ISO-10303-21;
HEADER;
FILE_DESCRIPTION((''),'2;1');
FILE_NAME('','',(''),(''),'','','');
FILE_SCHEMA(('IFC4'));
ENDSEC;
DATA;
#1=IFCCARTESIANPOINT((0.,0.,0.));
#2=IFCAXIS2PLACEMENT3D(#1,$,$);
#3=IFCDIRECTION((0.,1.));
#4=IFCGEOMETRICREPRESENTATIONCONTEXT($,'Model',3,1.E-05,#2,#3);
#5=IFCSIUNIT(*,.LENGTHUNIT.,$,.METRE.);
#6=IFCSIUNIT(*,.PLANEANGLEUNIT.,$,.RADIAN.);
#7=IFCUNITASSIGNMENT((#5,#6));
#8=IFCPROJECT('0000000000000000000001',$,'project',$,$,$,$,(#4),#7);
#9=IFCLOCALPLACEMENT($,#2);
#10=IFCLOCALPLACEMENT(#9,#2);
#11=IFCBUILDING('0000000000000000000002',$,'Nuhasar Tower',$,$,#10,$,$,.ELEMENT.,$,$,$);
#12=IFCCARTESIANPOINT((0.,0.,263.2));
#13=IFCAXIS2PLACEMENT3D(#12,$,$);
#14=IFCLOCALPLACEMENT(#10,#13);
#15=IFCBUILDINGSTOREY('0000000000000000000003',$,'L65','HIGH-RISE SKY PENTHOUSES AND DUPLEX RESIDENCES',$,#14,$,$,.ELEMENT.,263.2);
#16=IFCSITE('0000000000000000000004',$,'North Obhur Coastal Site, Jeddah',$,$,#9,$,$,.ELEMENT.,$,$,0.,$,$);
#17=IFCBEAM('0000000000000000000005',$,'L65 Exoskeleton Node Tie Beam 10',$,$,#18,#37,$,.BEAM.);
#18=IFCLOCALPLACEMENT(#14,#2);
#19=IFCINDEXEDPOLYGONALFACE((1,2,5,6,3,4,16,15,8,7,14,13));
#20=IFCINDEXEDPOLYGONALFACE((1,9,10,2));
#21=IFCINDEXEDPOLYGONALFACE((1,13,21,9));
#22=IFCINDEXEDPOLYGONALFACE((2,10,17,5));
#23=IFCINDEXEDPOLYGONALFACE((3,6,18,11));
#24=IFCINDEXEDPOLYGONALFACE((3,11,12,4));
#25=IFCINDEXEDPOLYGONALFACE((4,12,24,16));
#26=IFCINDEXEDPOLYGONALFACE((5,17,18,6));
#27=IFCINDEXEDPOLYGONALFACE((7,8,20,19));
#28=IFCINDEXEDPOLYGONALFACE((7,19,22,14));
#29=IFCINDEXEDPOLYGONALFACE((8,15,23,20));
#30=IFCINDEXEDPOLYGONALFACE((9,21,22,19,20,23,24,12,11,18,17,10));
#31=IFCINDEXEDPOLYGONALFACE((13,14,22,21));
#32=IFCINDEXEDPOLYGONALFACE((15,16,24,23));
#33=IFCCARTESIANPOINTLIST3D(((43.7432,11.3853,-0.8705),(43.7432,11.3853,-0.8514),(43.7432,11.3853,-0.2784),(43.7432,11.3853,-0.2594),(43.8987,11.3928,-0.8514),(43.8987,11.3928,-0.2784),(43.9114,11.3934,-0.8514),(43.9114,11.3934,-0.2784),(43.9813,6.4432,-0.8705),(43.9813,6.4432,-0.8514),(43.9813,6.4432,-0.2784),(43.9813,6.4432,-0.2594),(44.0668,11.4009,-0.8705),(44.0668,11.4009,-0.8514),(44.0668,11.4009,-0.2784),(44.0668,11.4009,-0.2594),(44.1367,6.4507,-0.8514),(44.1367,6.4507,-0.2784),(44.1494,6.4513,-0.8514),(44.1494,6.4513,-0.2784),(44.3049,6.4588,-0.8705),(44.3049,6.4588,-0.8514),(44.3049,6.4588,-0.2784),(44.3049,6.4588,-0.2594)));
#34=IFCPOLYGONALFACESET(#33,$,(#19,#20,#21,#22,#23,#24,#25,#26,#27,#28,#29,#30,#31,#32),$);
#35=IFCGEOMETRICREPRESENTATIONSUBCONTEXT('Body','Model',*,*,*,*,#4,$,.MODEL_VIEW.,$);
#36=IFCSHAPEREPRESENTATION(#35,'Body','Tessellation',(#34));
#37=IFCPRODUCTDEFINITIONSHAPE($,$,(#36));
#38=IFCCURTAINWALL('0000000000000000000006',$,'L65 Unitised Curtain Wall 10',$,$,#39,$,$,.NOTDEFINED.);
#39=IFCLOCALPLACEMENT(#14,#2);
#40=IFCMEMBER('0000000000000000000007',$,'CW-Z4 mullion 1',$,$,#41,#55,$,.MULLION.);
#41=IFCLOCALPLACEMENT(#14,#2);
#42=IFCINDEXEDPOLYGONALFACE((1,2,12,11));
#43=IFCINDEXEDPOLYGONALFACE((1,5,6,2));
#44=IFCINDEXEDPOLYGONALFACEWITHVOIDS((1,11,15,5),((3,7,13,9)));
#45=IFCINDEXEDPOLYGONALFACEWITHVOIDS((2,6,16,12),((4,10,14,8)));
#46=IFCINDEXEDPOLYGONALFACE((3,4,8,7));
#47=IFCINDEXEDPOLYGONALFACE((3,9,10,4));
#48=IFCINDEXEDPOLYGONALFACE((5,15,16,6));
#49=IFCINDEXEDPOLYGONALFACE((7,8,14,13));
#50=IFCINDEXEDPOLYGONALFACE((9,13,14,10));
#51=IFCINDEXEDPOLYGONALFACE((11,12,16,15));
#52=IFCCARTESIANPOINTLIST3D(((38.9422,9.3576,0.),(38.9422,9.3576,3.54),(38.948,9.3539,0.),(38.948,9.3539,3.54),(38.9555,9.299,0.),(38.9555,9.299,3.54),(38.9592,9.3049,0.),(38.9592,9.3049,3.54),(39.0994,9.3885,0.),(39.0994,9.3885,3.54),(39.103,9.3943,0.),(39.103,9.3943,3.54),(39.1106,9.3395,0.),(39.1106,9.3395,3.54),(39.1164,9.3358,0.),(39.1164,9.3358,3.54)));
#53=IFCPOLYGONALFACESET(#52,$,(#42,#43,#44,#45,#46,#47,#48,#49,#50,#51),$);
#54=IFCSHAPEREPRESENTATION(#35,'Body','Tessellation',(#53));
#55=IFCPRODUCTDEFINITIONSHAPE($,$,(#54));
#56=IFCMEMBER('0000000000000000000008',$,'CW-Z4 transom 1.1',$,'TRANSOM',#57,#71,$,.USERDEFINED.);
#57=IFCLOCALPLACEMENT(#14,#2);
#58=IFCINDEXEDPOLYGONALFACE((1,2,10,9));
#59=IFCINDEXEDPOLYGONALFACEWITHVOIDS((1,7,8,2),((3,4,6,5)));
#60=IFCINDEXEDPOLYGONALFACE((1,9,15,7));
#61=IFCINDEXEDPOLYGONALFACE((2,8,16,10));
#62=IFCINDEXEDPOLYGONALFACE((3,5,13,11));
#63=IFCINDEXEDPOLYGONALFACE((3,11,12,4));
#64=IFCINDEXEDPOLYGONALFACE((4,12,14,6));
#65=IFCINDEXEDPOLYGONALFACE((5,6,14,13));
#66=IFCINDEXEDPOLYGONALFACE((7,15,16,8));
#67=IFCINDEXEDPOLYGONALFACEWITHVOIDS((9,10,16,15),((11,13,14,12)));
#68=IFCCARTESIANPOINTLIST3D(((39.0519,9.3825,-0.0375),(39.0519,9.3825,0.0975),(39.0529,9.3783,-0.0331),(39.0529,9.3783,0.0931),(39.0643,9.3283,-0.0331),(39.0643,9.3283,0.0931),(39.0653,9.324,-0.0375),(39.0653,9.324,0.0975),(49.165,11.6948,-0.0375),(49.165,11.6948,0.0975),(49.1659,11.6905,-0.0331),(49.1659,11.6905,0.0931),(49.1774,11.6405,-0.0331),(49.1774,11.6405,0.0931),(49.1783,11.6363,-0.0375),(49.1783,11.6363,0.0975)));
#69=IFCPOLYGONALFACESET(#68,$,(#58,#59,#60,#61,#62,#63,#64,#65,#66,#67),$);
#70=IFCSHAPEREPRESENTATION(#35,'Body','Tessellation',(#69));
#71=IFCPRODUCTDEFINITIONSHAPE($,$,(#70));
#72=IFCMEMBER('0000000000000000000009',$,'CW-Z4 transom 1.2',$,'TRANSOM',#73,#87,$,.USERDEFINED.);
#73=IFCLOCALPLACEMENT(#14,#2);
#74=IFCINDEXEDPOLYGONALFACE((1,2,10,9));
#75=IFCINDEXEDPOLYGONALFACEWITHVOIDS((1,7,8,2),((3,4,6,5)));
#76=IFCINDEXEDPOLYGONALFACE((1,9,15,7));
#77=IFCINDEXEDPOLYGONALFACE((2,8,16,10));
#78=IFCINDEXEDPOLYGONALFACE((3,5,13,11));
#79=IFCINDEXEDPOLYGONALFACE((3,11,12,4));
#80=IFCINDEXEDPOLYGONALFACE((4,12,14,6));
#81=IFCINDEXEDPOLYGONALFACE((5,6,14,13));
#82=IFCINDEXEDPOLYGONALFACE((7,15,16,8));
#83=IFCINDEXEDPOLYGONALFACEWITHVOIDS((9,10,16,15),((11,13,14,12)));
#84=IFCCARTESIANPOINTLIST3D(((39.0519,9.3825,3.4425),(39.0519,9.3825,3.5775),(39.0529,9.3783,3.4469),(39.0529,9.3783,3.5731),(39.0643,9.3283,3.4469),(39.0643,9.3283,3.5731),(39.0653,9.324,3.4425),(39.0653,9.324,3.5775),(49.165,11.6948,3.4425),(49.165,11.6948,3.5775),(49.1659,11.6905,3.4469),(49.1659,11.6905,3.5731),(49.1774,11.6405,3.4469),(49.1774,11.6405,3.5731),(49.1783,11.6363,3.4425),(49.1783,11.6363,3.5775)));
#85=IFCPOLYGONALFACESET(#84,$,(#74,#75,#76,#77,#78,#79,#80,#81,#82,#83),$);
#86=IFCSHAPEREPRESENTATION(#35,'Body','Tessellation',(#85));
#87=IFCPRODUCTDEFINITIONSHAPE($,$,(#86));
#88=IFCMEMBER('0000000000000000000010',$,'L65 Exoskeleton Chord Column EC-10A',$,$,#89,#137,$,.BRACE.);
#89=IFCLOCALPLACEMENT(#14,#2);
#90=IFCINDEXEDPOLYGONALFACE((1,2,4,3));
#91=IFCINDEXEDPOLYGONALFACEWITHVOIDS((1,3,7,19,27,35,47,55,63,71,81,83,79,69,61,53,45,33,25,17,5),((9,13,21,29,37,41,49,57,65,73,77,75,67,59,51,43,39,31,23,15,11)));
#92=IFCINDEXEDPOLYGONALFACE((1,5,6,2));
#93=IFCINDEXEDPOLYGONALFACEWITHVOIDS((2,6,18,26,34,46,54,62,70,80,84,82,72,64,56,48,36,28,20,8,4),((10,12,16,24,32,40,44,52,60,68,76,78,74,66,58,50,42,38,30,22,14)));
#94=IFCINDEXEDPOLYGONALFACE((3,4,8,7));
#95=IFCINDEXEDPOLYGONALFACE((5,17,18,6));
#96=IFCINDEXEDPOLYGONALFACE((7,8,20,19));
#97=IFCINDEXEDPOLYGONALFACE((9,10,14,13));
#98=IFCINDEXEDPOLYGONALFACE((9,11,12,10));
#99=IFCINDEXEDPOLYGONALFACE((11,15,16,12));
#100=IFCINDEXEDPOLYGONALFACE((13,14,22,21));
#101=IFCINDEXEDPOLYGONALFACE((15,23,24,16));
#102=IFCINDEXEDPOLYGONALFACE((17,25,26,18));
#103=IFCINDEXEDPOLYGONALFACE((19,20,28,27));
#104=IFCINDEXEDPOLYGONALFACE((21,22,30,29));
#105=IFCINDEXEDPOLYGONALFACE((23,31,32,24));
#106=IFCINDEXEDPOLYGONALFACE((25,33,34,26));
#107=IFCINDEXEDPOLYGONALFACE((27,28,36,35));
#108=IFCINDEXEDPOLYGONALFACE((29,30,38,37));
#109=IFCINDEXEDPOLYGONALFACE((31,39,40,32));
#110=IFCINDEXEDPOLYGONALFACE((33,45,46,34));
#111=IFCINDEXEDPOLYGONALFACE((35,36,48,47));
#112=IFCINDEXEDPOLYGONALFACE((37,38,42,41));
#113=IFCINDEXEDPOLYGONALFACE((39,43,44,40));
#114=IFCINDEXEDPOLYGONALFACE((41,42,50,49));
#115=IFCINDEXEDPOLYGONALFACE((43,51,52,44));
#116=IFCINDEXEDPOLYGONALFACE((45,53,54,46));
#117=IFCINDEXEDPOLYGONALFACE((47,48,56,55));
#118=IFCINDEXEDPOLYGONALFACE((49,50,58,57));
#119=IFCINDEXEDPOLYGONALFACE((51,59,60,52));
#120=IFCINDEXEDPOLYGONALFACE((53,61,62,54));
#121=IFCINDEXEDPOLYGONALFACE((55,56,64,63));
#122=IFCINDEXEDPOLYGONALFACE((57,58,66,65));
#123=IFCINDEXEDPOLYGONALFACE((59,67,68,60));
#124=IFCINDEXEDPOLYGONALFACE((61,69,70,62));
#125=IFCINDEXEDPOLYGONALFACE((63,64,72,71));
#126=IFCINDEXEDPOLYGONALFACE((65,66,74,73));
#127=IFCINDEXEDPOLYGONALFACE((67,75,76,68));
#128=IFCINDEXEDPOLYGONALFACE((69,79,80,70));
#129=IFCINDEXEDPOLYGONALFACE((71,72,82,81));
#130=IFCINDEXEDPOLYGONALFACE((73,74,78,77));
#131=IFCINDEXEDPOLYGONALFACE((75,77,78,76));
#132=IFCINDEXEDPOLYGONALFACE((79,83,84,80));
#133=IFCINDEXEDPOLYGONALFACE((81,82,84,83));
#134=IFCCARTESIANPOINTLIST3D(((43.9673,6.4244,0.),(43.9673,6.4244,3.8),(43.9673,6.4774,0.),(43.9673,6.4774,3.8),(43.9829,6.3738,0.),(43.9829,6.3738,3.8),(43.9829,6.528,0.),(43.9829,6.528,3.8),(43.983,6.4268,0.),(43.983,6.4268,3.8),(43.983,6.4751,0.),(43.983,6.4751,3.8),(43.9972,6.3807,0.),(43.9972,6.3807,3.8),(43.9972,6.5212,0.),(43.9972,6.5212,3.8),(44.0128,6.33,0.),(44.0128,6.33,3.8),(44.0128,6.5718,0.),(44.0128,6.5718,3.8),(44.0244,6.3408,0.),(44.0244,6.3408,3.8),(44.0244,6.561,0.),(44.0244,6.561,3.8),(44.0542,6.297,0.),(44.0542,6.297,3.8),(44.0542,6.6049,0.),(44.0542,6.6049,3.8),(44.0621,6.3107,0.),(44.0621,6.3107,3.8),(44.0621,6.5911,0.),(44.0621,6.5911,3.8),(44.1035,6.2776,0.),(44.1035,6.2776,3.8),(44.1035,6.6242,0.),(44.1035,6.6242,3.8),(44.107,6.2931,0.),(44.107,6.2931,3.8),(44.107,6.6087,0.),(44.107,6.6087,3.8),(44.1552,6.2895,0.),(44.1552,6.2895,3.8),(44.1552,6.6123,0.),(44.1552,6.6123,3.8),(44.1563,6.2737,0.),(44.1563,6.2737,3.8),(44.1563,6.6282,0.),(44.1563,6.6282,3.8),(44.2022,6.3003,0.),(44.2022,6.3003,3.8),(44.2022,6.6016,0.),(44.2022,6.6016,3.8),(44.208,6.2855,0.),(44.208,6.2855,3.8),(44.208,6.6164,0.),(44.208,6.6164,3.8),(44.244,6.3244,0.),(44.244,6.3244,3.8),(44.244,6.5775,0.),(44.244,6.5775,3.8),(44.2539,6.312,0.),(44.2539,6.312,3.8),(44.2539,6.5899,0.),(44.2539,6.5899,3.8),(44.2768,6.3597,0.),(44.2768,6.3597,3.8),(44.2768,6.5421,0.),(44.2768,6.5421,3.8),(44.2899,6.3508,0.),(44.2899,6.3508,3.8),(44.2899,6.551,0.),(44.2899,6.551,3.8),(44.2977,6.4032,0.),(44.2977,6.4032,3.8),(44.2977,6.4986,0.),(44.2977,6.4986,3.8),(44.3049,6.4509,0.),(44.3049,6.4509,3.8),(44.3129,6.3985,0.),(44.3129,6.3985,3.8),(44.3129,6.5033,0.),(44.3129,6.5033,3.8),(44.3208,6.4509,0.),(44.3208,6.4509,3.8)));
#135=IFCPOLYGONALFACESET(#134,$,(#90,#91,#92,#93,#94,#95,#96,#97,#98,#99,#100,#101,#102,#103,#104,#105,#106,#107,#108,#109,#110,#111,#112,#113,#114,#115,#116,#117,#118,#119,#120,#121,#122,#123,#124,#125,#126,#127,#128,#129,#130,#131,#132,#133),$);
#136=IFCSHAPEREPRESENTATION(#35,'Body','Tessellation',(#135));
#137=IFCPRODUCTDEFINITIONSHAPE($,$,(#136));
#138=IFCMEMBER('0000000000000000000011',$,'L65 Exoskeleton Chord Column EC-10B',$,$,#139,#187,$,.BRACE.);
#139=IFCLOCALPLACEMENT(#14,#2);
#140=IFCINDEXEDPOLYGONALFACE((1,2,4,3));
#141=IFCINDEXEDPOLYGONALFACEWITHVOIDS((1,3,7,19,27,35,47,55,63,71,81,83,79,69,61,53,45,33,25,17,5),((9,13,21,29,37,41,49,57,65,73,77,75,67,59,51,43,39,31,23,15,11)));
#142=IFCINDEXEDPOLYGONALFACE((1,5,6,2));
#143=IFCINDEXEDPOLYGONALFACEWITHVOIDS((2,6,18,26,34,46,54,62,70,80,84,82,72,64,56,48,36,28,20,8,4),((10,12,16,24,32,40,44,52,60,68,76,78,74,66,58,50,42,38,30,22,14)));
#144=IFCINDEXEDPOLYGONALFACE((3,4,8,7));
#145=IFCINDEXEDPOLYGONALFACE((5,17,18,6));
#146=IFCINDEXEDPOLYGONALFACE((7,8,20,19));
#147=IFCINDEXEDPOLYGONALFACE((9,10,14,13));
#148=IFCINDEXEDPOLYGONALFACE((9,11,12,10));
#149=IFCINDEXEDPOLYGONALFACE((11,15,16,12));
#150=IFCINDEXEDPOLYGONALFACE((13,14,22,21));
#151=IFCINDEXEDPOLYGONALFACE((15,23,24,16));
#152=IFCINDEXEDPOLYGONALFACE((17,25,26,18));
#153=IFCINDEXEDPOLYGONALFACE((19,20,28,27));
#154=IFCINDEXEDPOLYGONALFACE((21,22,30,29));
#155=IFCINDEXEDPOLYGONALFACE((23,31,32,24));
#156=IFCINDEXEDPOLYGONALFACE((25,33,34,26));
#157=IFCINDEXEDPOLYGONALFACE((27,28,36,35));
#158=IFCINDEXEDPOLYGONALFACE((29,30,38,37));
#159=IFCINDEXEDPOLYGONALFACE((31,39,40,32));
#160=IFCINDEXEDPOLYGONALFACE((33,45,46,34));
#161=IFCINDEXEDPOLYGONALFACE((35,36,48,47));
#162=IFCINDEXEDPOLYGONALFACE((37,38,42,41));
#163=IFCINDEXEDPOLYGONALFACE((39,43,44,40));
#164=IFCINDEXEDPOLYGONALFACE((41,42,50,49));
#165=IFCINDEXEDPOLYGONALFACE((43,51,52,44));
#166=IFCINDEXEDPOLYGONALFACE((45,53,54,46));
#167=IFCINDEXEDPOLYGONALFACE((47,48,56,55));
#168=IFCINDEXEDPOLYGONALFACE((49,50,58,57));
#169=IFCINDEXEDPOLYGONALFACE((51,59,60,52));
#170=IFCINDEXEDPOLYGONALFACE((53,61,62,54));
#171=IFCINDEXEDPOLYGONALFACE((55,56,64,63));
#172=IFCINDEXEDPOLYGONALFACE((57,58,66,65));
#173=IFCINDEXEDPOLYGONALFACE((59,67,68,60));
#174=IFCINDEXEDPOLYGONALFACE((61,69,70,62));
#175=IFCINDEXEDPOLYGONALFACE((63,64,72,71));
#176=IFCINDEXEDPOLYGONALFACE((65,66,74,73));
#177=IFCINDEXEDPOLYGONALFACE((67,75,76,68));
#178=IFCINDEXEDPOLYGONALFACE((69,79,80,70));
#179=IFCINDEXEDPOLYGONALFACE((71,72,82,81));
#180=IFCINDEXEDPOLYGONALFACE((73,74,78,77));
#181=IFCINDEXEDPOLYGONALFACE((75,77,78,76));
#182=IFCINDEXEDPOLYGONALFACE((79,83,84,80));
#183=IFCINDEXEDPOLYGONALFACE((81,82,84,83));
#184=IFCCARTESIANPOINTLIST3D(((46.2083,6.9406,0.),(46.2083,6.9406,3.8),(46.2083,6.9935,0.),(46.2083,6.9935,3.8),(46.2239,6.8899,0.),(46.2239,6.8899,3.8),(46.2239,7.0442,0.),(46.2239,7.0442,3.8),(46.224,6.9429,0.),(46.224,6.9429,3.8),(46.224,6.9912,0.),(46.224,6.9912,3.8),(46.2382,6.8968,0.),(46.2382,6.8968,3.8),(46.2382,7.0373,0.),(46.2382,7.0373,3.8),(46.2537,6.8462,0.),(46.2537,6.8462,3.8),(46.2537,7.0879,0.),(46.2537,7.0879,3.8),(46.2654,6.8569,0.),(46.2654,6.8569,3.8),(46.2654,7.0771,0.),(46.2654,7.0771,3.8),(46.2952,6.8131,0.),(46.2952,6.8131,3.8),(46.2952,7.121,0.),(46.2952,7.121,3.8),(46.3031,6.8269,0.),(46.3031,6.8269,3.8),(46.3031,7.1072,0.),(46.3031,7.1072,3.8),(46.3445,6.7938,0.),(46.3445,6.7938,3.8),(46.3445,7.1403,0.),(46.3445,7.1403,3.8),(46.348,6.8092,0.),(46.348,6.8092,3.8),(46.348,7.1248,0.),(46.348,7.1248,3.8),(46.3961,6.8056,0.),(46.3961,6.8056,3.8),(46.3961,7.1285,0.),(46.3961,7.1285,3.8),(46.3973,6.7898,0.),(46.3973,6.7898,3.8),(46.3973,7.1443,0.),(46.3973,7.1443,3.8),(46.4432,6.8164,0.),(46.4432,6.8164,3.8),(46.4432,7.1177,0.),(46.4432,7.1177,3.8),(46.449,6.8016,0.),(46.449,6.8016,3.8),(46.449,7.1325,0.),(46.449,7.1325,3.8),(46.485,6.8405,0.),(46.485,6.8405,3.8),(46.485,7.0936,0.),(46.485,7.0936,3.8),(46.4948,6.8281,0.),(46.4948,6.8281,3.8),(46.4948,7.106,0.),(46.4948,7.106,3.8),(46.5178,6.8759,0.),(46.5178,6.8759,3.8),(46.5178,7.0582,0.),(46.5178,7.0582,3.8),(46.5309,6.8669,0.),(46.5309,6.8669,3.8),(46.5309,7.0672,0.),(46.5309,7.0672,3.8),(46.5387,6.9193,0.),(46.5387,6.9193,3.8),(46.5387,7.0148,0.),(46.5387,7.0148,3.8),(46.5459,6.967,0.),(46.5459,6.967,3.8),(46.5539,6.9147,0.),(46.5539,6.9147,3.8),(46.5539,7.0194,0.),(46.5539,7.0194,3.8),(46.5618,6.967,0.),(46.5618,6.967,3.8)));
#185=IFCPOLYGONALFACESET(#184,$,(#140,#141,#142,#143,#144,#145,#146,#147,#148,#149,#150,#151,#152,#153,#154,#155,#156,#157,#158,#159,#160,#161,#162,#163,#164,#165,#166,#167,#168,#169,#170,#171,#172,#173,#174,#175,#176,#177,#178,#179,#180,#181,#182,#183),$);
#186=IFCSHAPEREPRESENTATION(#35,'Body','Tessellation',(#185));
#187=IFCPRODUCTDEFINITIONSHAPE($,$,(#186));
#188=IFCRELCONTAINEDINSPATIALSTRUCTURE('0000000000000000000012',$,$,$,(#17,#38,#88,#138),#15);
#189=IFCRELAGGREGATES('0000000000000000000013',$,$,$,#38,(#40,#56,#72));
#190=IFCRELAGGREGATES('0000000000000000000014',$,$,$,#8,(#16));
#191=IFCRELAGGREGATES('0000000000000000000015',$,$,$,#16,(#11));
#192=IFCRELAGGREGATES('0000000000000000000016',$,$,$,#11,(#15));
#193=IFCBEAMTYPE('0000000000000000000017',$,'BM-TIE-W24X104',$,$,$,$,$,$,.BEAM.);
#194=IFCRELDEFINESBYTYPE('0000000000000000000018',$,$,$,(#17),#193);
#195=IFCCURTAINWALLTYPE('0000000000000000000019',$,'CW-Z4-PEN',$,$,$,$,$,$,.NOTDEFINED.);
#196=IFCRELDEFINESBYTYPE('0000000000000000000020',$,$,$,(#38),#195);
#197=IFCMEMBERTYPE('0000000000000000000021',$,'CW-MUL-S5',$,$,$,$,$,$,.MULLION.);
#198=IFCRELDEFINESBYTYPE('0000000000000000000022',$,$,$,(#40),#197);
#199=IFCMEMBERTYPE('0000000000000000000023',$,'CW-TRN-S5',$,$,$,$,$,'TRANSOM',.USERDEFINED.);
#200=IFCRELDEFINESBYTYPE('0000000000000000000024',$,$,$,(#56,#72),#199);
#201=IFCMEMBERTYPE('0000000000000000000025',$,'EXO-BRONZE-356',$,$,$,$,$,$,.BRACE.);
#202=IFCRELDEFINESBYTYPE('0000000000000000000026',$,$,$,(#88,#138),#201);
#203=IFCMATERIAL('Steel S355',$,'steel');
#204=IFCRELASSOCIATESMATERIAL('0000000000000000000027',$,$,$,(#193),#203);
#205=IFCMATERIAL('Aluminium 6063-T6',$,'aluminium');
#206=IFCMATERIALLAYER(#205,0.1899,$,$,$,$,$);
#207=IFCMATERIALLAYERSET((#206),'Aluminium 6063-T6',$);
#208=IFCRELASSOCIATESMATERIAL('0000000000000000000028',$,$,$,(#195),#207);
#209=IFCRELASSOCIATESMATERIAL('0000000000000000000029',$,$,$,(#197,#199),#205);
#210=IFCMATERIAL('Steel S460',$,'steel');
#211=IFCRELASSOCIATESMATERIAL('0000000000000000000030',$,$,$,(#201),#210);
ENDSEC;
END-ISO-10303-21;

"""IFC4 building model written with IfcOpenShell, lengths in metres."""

from ifc_helpers import new_model, si_unit, direction, frame, origin, origin_2d, place, context, subcontext, project, spatial, hollow_rectangle, hollow_circle, i_section, extrude, material, layer, layer_set, material_profile, profile_set, type_object, element, aggregate, save


model = new_model("IFC4")

# Units and contexts
model_context = context("Model", 3, precision=1e-05, world=origin(), true_north=direction((0.0, 1.0)))
body_context = subcontext(model_context, "Body", "Model", "MODEL_VIEW")
ifc_project = project(units=[si_unit("LENGTHUNIT", "METRE"), si_unit("PLANEANGLEUNIT", "RADIAN")], contexts=[model_context])

# Site, building, storey
site_placement = place(None, origin())
site = spatial("IfcSite", under=ifc_project, at=site_placement, Name="North Obhur Coastal Site, Jeddah", CompositionType="ELEMENT", RefElevation=0.0)
building_placement = place(site_placement, origin())
building = spatial("IfcBuilding", under=site, at=building_placement, Name="Nuhasar Tower", CompositionType="ELEMENT")
storey_placement = place(building_placement, frame((0.0, 0.0, 263.2)))
storey = spatial("IfcBuildingStorey", under=building, at=storey_placement, Name="L65", Description="HIGH-RISE SKY PENTHOUSES AND DUPLEX RESIDENCES", CompositionType="ELEMENT", Elevation=263.2)

# Beam
ifc_material_1 = material(Name="Steel S355", Category="steel")
ifc_material_profile_1 = material_profile(ifc_material_1, i_section(OverallWidth=0.324, OverallDepth=0.6111, WebThickness=0.0127, FlangeThickness=0.019, at=origin_2d()), Name="W24X104")
ifc_profile_set_1 = profile_set([ifc_material_profile_1], Name="Steel S355")
beam_type_1 = type_object("IfcBeamType", Name="BM-TIE-W24X104", PredefinedType="BEAM", material=ifc_profile_set_1)
beam_1_placement = place(storey_placement, frame((43.905, 11.3931, -0.5649), z_axis=(0.048109, -0.998842, 0.0), x_axis=(0.998842, 0.048109, 0.0)))
element("IfcBeam", 1, at=beam_1_placement, inside=storey, type_object=beam_type_1, Name="L65 Exoskeleton Node Tie Beam 10", PredefinedType="BEAM", context=body_context, shape_type="SweptSolid", body=[
    extrude(i_section(OverallWidth=0.324, OverallDepth=0.6111, WebThickness=0.0127, FlangeThickness=0.019, at=origin_2d()), origin(), (0.0, 0.0, 1.0), 4.9478),
])

# Curtain wall, members
ifc_material_2 = material(Name="Aluminium 6063-T6", Category="aluminium")
ifc_layer_1 = layer(ifc_material_2, 0.1899)
ifc_layer_set_1 = layer_set([ifc_layer_1], Name="Aluminium 6063-T6")
curtain_wall_type = type_object("IfcCurtainWallType", Name="CW-Z4-PEN", PredefinedType="NOTDEFINED", material=ifc_layer_set_1)
curtain_wall_placement = place(storey_placement, origin())
curtain_wall = element("IfcCurtainWall", 2, at=curtain_wall_placement, inside=storey, type_object=curtain_wall_type, Name="L65 Unitised Curtain Wall 10", PredefinedType="NOTDEFINED")
ifc_material_profile_2 = material_profile(ifc_material_2, hollow_rectangle(XDim=0.0601, YDim=0.165, WallThickness=0.0049, at=origin_2d()), Name="CWM-5")
ifc_profile_set_2 = profile_set([ifc_material_profile_2], Name="Aluminium 6063-T6")
member_type_1 = type_object("IfcMemberType", Name="CW-MUL-S5", PredefinedType="MULLION", material=ifc_profile_set_2)
member_1_placement = place(storey_placement, frame((39.0293, 9.3467, 0.0), z_axis=(0.0, 0.0, 1.0), x_axis=(-0.222889, 0.974844, 0.0)))
member_1 = element("IfcMember", 3, at=member_1_placement, type_object=member_type_1, Name="CW-Z4 mullion 1", PredefinedType="MULLION", context=body_context, shape_type="SweptSolid", body=[
    extrude(hollow_rectangle(XDim=0.0601, YDim=0.165, WallThickness=0.0049, at=origin_2d()), origin(), (0.0, 0.0, 1.0), 3.54),
])
ifc_material_profile_3 = material_profile(ifc_material_2, hollow_rectangle(XDim=0.0601, YDim=0.135, WallThickness=0.0044, at=origin_2d()), Name="CWT-5")
ifc_profile_set_3 = profile_set([ifc_material_profile_3], Name="Aluminium 6063-T6")
member_type_2 = type_object("IfcMemberType", Name="CW-TRN-S5", ElementType="TRANSOM", PredefinedType="USERDEFINED", material=ifc_profile_set_3)
member_2_placement = place(storey_placement, frame((39.0586, 9.3533, 0.03), z_axis=(0.974844, 0.222889, 0.0), x_axis=(-0.222889, 0.974844, 0.0)))
member_2 = element("IfcMember", 4, at=member_2_placement, type_object=member_type_2, Name="CW-Z4 transom 1.1", ObjectType="TRANSOM", PredefinedType="USERDEFINED", context=body_context, shape_type="SweptSolid", body=[
    extrude(hollow_rectangle(XDim=0.0601, YDim=0.135, WallThickness=0.0044, at=origin_2d()), origin(), (0.0, 0.0, 1.0), 10.374),
])
member_3_placement = place(storey_placement, frame((39.0586, 9.3533, 3.51), z_axis=(0.974844, 0.222889, 0.0), x_axis=(-0.222889, 0.974844, 0.0)))
member_3 = element("IfcMember", 5, at=member_3_placement, type_object=member_type_2, Name="CW-Z4 transom 1.2", ObjectType="TRANSOM", PredefinedType="USERDEFINED", context=body_context, shape_type="SweptSolid", body=[
    extrude(hollow_rectangle(XDim=0.0601, YDim=0.135, WallThickness=0.0044, at=origin_2d()), origin(), (0.0, 0.0, 1.0), 10.374),
])

# Members
ifc_material_3 = material(Name="Steel S460", Category="steel")
ifc_material_profile_4 = material_profile(ifc_material_3, hollow_circle(Radius=0.1777, WallThickness=0.0159, at=origin_2d()), Name="HSS355.6X15.9")
ifc_profile_set_4 = profile_set([ifc_material_profile_4], Name="Steel S460")
member_type_3 = type_object("IfcMemberType", Name="EXO-BRONZE-356", PredefinedType="BRACE", material=ifc_profile_set_4)
for number, where, z_axis, x_axis, name in (
    (6, (44.1431, 6.4509, 0.0), (0.0, 0.0, 1.0), (1.0, 0.0, 0.0), "L65 Exoskeleton Chord Column EC-10A"),
    (7, (46.384, 6.967, 0.0), (0.0, 0.0, 1.0), (1.0, 0.0, 0.0), "L65 Exoskeleton Chord Column EC-10B"),
):
    element("IfcMember", number, at=place(storey_placement, frame(where, z_axis=z_axis, x_axis=x_axis)), inside=storey, type_object=member_type_3, Name=name, PredefinedType="BRACE", context=body_context, shape_type="SweptSolid", body=[
        extrude(hollow_circle(Radius=0.1777, WallThickness=0.0159, at=origin_2d()), origin(), (0.0, 0.0, 1.0), 3.8),
    ])

aggregate(curtain_wall, [member_1, member_2, member_3])

save(model, "model.ifc")
